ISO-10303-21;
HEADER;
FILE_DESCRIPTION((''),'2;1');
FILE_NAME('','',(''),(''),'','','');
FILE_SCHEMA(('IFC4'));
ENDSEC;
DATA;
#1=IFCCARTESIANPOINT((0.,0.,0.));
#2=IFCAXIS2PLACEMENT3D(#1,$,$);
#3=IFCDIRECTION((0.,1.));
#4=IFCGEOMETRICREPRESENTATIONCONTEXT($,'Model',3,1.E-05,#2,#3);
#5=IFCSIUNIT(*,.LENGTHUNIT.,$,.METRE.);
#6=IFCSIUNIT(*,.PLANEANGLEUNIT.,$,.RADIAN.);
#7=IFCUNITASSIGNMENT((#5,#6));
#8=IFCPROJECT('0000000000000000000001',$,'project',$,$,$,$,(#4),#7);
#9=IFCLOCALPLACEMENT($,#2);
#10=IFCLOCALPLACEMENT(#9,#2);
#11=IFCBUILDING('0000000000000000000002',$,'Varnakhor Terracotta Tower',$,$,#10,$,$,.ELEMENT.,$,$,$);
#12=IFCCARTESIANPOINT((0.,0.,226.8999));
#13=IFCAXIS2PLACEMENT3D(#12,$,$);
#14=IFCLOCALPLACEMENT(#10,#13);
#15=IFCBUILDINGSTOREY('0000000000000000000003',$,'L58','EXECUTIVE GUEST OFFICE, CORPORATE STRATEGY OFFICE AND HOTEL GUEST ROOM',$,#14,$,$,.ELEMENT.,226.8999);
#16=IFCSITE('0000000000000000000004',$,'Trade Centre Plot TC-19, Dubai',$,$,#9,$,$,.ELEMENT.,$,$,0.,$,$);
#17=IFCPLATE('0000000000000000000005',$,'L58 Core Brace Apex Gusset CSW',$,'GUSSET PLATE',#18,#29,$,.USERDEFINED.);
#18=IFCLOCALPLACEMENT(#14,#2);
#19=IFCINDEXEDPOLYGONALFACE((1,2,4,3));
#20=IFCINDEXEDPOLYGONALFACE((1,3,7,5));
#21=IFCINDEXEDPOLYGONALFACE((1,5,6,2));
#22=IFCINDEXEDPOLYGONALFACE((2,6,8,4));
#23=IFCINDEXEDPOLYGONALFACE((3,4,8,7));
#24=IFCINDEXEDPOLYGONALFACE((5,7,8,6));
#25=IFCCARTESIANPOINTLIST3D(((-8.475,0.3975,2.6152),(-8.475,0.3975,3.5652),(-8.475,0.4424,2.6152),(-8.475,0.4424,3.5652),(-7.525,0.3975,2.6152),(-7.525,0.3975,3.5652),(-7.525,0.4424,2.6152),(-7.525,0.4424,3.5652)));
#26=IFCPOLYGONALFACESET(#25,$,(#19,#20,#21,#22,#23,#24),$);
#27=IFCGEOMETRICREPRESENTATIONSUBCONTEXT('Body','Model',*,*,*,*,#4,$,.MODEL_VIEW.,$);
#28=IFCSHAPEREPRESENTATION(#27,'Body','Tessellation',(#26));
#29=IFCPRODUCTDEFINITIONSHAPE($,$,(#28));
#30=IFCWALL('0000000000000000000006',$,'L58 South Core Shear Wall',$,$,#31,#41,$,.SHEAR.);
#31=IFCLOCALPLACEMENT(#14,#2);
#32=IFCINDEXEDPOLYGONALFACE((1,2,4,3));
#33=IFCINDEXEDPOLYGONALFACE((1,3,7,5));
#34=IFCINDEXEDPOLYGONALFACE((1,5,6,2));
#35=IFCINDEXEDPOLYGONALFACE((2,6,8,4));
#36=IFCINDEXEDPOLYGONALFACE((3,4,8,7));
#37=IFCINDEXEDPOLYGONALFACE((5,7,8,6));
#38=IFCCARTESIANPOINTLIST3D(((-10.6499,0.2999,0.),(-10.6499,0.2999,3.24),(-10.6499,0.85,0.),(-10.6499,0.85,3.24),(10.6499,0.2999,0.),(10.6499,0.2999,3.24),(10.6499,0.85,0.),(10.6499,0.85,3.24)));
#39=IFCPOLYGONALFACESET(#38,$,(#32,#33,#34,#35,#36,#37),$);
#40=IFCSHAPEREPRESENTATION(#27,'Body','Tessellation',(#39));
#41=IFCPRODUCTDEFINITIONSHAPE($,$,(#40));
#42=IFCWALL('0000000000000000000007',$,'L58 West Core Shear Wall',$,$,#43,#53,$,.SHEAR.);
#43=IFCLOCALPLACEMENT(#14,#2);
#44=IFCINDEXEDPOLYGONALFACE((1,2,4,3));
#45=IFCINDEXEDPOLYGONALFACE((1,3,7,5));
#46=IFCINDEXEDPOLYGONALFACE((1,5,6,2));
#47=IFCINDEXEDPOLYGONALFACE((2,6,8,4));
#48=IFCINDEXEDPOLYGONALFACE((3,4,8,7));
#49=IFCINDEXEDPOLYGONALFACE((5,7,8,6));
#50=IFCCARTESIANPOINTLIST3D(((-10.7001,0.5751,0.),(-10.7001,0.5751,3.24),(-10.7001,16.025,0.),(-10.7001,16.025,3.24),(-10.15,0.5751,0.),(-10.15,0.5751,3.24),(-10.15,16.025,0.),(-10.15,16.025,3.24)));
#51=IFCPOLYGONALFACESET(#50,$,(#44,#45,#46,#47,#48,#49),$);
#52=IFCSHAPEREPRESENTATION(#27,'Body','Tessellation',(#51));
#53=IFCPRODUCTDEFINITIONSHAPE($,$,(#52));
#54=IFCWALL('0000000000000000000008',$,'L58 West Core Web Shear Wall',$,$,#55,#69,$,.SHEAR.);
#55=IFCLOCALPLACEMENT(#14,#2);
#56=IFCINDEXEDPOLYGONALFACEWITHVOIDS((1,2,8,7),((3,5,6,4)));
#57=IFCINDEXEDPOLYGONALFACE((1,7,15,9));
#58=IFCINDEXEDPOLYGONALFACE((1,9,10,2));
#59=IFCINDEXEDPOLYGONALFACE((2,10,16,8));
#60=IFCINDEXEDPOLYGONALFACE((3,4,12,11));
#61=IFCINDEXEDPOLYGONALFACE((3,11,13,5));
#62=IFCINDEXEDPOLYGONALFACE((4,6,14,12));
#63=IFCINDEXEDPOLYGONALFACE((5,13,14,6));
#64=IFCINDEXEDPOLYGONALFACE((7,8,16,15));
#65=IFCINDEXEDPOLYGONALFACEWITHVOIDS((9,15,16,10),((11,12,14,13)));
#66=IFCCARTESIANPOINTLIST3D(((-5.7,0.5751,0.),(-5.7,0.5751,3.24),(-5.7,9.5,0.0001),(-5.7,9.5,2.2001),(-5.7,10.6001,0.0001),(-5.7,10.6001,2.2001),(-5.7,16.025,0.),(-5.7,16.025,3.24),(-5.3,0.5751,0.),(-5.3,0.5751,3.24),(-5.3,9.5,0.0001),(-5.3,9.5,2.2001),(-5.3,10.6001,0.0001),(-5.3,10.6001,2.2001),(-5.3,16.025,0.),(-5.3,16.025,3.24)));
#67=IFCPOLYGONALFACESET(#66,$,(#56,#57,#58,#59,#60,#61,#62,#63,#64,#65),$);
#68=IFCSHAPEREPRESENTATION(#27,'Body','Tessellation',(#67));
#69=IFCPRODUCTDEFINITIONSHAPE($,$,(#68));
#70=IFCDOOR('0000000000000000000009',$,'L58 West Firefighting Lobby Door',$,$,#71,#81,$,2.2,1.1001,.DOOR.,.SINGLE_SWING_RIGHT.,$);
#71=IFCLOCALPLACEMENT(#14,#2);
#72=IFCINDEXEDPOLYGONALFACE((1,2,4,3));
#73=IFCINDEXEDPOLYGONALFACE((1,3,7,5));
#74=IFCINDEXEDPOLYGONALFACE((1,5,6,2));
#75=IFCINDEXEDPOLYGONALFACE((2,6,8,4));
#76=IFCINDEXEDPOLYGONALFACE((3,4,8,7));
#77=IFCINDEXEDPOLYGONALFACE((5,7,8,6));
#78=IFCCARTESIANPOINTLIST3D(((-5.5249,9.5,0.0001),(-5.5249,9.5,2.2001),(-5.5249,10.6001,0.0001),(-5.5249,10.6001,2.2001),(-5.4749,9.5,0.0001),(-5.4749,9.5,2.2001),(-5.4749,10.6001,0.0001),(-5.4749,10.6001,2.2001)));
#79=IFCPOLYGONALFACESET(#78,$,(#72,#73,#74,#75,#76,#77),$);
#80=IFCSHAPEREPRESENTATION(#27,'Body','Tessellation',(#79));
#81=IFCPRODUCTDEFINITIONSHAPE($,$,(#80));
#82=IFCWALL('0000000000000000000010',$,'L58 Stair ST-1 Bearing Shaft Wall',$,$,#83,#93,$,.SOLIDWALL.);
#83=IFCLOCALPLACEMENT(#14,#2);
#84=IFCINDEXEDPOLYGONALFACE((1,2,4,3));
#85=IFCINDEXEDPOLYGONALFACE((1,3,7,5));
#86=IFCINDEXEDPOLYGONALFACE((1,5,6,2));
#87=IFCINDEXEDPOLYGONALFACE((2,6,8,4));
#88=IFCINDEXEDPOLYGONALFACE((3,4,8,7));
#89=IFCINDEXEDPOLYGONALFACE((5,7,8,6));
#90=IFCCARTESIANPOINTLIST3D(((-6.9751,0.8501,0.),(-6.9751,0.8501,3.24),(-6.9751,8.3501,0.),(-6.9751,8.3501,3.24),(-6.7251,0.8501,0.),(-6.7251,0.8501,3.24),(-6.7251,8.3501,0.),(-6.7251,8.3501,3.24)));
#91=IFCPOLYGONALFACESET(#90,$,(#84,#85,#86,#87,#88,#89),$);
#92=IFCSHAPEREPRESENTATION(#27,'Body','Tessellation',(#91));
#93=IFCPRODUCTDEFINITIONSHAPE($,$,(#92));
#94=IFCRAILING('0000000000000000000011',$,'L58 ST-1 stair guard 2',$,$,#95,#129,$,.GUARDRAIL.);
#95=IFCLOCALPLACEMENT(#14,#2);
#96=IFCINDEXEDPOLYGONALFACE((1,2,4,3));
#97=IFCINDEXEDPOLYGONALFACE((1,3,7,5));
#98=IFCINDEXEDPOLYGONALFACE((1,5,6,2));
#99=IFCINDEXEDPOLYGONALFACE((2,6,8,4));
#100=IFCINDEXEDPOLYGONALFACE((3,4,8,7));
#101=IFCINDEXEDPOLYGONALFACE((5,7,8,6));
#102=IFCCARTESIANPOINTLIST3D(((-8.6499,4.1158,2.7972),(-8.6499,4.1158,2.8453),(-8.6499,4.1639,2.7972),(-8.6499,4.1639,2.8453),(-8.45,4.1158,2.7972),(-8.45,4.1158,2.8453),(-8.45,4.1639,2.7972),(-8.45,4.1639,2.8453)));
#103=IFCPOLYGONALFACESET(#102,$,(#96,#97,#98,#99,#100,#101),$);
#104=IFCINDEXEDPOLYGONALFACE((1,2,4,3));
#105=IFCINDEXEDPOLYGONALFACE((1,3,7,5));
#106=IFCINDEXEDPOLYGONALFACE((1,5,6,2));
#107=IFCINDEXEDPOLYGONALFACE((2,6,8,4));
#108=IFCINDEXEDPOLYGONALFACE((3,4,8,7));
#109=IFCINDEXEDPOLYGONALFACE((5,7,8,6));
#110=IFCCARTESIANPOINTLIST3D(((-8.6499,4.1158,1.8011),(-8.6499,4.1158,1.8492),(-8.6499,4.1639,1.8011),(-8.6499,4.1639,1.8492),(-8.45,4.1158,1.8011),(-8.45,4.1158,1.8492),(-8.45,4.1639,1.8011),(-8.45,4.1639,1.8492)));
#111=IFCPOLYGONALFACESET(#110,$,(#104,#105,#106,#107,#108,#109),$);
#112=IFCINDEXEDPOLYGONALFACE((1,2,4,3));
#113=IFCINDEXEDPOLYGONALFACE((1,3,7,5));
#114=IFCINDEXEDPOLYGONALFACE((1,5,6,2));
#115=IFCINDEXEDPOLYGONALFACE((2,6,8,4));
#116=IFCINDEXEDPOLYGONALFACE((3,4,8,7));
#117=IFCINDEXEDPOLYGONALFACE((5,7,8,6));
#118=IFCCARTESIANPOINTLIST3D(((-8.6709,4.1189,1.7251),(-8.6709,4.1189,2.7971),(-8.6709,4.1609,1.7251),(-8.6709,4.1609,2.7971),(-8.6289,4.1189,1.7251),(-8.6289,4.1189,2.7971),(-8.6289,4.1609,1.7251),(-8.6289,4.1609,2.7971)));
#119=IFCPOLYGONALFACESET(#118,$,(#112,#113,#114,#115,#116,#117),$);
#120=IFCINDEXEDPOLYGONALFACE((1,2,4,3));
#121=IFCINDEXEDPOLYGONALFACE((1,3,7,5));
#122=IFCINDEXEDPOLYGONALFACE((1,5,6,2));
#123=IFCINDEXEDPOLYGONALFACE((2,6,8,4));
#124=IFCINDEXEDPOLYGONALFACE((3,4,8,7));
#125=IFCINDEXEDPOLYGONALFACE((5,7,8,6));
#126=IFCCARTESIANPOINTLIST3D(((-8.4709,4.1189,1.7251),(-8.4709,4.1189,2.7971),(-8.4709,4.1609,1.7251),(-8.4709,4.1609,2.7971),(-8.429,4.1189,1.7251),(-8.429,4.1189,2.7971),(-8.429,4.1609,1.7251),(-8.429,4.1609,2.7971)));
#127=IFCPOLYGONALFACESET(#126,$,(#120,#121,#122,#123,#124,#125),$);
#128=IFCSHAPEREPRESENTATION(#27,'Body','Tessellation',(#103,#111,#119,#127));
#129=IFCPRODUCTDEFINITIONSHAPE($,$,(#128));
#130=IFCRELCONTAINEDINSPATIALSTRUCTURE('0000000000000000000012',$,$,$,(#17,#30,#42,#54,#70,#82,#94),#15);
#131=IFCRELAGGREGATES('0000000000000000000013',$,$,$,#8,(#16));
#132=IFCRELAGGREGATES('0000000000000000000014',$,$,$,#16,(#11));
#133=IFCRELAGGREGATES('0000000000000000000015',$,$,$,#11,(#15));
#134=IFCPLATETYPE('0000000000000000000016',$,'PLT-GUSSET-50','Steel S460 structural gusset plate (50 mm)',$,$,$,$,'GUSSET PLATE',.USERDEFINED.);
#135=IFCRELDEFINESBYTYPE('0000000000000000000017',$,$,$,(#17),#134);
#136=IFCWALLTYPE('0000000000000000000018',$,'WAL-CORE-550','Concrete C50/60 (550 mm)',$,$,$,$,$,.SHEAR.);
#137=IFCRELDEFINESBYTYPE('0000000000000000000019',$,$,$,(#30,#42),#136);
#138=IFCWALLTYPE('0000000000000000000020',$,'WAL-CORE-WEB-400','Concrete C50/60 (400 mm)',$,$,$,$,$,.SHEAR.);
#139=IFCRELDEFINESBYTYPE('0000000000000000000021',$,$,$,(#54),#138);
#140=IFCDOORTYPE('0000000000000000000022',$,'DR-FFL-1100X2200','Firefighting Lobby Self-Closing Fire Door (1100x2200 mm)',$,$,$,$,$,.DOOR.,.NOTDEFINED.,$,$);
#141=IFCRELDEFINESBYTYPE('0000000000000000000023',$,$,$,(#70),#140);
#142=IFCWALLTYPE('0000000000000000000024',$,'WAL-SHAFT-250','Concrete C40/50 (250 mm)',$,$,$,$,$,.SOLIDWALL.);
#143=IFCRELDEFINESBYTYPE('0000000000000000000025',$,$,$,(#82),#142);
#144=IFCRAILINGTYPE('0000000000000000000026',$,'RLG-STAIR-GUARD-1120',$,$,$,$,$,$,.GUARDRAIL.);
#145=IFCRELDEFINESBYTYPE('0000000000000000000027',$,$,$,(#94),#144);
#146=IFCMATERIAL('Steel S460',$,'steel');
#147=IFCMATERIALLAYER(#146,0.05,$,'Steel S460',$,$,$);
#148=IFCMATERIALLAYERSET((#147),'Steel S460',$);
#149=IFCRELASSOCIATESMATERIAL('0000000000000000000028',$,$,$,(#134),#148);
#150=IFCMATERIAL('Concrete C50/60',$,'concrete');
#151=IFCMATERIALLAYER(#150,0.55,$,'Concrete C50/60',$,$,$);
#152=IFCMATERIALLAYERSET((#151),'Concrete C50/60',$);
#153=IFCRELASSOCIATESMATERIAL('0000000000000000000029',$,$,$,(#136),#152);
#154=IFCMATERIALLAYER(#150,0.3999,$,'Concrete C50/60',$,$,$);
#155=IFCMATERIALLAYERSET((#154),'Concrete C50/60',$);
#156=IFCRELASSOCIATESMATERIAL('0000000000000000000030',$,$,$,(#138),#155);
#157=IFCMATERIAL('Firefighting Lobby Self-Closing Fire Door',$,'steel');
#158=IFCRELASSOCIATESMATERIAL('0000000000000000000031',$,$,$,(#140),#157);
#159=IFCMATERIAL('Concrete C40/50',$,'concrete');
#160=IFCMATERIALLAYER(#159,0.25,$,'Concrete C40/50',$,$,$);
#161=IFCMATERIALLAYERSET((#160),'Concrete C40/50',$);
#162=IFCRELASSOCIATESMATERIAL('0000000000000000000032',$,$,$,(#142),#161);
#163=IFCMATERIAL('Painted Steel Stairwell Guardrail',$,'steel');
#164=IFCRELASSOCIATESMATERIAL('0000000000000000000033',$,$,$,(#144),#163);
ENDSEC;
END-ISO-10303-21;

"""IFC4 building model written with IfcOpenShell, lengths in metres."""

from ifc_helpers import new_model, si_unit, direction, frame, frame_2d, origin, origin_2d, place, context, subcontext, project, spatial, rectangle, extrude, source, transform, mapped, material, layer, layer_set, type_object, type_shapes, element, fill, save


model = new_model("IFC4")

# Units and contexts
model_context = context("Model", 3, precision=1e-05, world=origin(), true_north=direction((0.0, 1.0)))
body_context = subcontext(model_context, "Body", "Model", "MODEL_VIEW")
ifc_project = project(units=[si_unit("LENGTHUNIT", "METRE"), si_unit("PLANEANGLEUNIT", "RADIAN")], contexts=[model_context])

# Site, building, storey
site_placement = place(None, origin())
site = spatial("IfcSite", under=ifc_project, at=site_placement, Name="Trade Centre Plot TC-19, Dubai", CompositionType="ELEMENT", RefElevation=0.0)
building_placement = place(site_placement, origin())
building = spatial("IfcBuilding", under=site, at=building_placement, Name="Varnakhor Terracotta Tower", CompositionType="ELEMENT")
storey_placement = place(building_placement, frame((0.0, 0.0, 226.8999)))
storey = spatial("IfcBuildingStorey", under=building, at=storey_placement, Name="L58", Description="EXECUTIVE GUEST OFFICE, CORPORATE STRATEGY OFFICE AND HOTEL GUEST ROOM", CompositionType="ELEMENT", Elevation=226.8999)

# Shared definitions
ifc_material_1 = material(Name="Concrete C50/60", Category="concrete")

# Plate
ifc_material_2 = material(Name="Steel S460", Category="steel")
ifc_layer_1 = layer(ifc_material_2, 0.05, Name="Steel S460")
ifc_layer_set_1 = layer_set([ifc_layer_1], Name="Steel S460")
plate_type = type_object("IfcPlateType", Name="PLT-GUSSET-50", Description="Steel S460 structural gusset plate (50 mm)", ElementType="GUSSET PLATE", PredefinedType="USERDEFINED", material=ifc_layer_set_1)
shared_shape_1 = source(origin(), body_context, "Body", "SweptSolid", [
    extrude(rectangle(XDim=0.95, YDim=0.0449, at=origin_2d()), origin(), (0.0, 0.0, 1.0), 0.95),
])
plate_placement = place(storey_placement, frame((-8.0, 0.4199, 2.6152), z_axis=(0.0, 0.0, 1.0), x_axis=(1.0, 0.0, 0.0)))
element("IfcPlate", 1, at=plate_placement, inside=storey, type_object=plate_type, Name="L58 Core Brace Apex Gusset CSW", ObjectType="GUSSET PLATE", PredefinedType="USERDEFINED", context=body_context, shape_type="MappedRepresentation", body=[
    mapped(shared_shape_1, transform((0.0, 0.0, 0.0), scale=1.0)),
])

# Walls
ifc_layer_2 = layer(ifc_material_1, 0.55, Name="Concrete C50/60")
ifc_layer_set_2 = layer_set([ifc_layer_2], Name="Concrete C50/60")
wall_type_1 = type_object("IfcWallType", Name="WAL-CORE-550", Description="Concrete C50/60 (550 mm)", PredefinedType="SHEAR", material=ifc_layer_set_2)
wall_1_placement = place(storey_placement, frame((-10.6499, 0.575, 0.0), z_axis=(0.0, 0.0, 1.0), x_axis=(1.0, 0.0, 0.0)))
element("IfcWall", 2, at=wall_1_placement, inside=storey, type_object=wall_type_1, Name="L58 South Core Shear Wall", PredefinedType="SHEAR", context=body_context, shape_type="SweptSolid", body=[
    extrude(rectangle(XDim=21.2998, YDim=0.55, at=frame_2d((10.6499, 0.0))), origin(), (0.0, 0.0, 1.0), 3.24),
])
wall_2_placement = place(storey_placement, frame((-10.425, 0.575, 0.0), z_axis=(0.0, 0.0, 1.0), x_axis=(0.0, 1.0, 0.0)))
element("IfcWall", 3, at=wall_2_placement, inside=storey, type_object=wall_type_1, Name="L58 West Core Shear Wall", PredefinedType="SHEAR", context=body_context, shape_type="SweptSolid", body=[
    extrude(rectangle(XDim=15.45, YDim=0.55, at=frame_2d((7.7251, 0.0))), origin(), (0.0, 0.0, 1.0), 3.24),
])

# Wall, opening, door
ifc_layer_3 = layer(ifc_material_1, 0.3999, Name="Concrete C50/60")
ifc_layer_set_3 = layer_set([ifc_layer_3], Name="Concrete C50/60")
wall_type_2 = type_object("IfcWallType", Name="WAL-CORE-WEB-400", Description="Concrete C50/60 (400 mm)", PredefinedType="SHEAR", material=ifc_layer_set_3)
wall_3_placement = place(storey_placement, frame((-5.5, 0.575, 0.0), z_axis=(0.0, 0.0, 1.0), x_axis=(0.0, 1.0, 0.0)))
wall_3 = element("IfcWall", 4, at=wall_3_placement, inside=storey, type_object=wall_type_2, Name="L58 West Core Web Shear Wall", PredefinedType="SHEAR", context=body_context, shape_type="SweptSolid", body=[
    extrude(rectangle(XDim=15.45, YDim=0.3999, at=frame_2d((7.7251, 0.0))), origin(), (0.0, 0.0, 1.0), 3.24),
])
opening_placement = place(wall_3_placement, frame((8.925, 0.0, 0.0)))
opening = element("IfcOpeningElement", 5, at=opening_placement, cuts=wall_3, PredefinedType="OPENING", context=body_context, shape_type="SweptSolid", body=[
    extrude(rectangle(XDim=1.1001, YDim=2.2, at=frame_2d((0.55, 1.1001))), frame((0.0, 0.21, 0.0), z_axis=(0.0, -1.0, 0.0), x_axis=(1.0, 0.0, 0.0)), (0.0, 0.0, 1.0), 0.4199),
])
ifc_material_3 = material(Name="Firefighting Lobby Self-Closing Fire Door", Category="steel")
door_type = type_object("IfcDoorType", Name="DR-FFL-1100X2200", Description="Firefighting Lobby Self-Closing Fire Door (1100x2200 mm)", OperationType="NOTDEFINED", PredefinedType="DOOR", material=ifc_material_3)
shared_shape_2 = source(origin(), body_context, "Body", "SweptSolid", [
    extrude(rectangle(XDim=1.1001, YDim=2.2, at=frame_2d((0.55, 1.1001))), frame((0.0, 0.0249, 0.0), z_axis=(0.0, -1.0, 0.0), x_axis=(1.0, 0.0, 0.0)), (0.0, 0.0, 1.0), 0.05),
])
type_shapes(door_type, [shared_shape_2])
door_placement = place(opening_placement, origin())
door = element("IfcDoor", 6, at=door_placement, inside=storey, type_object=door_type, Name="L58 West Firefighting Lobby Door", OperationType="SINGLE_SWING_RIGHT", OverallHeight=2.2, OverallWidth=1.1001, PredefinedType="DOOR", context=body_context, shape_type="MappedRepresentation", body=[
    mapped(shared_shape_2, transform((0.0, 0.0, 0.0), scale=1.0)),
])
fill(opening, door)

# Wall
ifc_material_4 = material(Name="Concrete C40/50", Category="concrete")
ifc_layer_4 = layer(ifc_material_4, 0.25, Name="Concrete C40/50")
ifc_layer_set_4 = layer_set([ifc_layer_4], Name="Concrete C40/50")
wall_type_3 = type_object("IfcWallType", Name="WAL-SHAFT-250", Description="Concrete C40/50 (250 mm)", PredefinedType="SOLIDWALL", material=ifc_layer_set_4)
wall_4_placement = place(storey_placement, frame((-6.8501, 0.8501, 0.0), z_axis=(0.0, 0.0, 1.0), x_axis=(0.0, 1.0, 0.0)))
element("IfcWall", 7, at=wall_4_placement, inside=storey, type_object=wall_type_3, Name="L58 Stair ST-1 Bearing Shaft Wall", PredefinedType="SOLIDWALL", context=body_context, shape_type="SweptSolid", body=[
    extrude(rectangle(XDim=7.5, YDim=0.25, at=frame_2d((3.75, 0.0))), origin(), (0.0, 0.0, 1.0), 3.24),
])

# Railing
ifc_material_5 = material(Name="Painted Steel Stairwell Guardrail", Category="steel")
railing_type = type_object("IfcRailingType", Name="RLG-STAIR-GUARD-1120", PredefinedType="GUARDRAIL", material=ifc_material_5)
railing_placement = place(storey_placement, frame((-8.6499, 4.1399, 1.7251)))
element("IfcRailing", 8, at=railing_placement, inside=storey, type_object=railing_type, Name="L58 ST-1 stair guard 2", PredefinedType="GUARDRAIL", context=body_context, shape_type="SweptSolid", body=[
    extrude(rectangle(XDim=0.0481, YDim=0.0481, at=origin_2d()), frame((0.0, 0.0, 1.0962), z_axis=(1.0, 0.0, 0.0), x_axis=(0.0, 1.0, 0.0)), (0.0, 0.0, 1.0), 0.2),
    extrude(rectangle(XDim=0.0481, YDim=0.0481, at=origin_2d()), frame((0.0, 0.0, 0.1001), z_axis=(1.0, 0.0, 0.0), x_axis=(0.0, 1.0, 0.0)), (0.0, 0.0, 1.0), 0.2),
    extrude(rectangle(XDim=0.042, YDim=0.042, at=origin_2d()), origin(), (0.0, 0.0, 1.0), 1.072),
    extrude(rectangle(XDim=0.042, YDim=0.042, at=origin_2d()), frame((0.2, 0.0, 0.0)), (0.0, 0.0, 1.0), 1.072),
])

save(model, "model.ifc")
